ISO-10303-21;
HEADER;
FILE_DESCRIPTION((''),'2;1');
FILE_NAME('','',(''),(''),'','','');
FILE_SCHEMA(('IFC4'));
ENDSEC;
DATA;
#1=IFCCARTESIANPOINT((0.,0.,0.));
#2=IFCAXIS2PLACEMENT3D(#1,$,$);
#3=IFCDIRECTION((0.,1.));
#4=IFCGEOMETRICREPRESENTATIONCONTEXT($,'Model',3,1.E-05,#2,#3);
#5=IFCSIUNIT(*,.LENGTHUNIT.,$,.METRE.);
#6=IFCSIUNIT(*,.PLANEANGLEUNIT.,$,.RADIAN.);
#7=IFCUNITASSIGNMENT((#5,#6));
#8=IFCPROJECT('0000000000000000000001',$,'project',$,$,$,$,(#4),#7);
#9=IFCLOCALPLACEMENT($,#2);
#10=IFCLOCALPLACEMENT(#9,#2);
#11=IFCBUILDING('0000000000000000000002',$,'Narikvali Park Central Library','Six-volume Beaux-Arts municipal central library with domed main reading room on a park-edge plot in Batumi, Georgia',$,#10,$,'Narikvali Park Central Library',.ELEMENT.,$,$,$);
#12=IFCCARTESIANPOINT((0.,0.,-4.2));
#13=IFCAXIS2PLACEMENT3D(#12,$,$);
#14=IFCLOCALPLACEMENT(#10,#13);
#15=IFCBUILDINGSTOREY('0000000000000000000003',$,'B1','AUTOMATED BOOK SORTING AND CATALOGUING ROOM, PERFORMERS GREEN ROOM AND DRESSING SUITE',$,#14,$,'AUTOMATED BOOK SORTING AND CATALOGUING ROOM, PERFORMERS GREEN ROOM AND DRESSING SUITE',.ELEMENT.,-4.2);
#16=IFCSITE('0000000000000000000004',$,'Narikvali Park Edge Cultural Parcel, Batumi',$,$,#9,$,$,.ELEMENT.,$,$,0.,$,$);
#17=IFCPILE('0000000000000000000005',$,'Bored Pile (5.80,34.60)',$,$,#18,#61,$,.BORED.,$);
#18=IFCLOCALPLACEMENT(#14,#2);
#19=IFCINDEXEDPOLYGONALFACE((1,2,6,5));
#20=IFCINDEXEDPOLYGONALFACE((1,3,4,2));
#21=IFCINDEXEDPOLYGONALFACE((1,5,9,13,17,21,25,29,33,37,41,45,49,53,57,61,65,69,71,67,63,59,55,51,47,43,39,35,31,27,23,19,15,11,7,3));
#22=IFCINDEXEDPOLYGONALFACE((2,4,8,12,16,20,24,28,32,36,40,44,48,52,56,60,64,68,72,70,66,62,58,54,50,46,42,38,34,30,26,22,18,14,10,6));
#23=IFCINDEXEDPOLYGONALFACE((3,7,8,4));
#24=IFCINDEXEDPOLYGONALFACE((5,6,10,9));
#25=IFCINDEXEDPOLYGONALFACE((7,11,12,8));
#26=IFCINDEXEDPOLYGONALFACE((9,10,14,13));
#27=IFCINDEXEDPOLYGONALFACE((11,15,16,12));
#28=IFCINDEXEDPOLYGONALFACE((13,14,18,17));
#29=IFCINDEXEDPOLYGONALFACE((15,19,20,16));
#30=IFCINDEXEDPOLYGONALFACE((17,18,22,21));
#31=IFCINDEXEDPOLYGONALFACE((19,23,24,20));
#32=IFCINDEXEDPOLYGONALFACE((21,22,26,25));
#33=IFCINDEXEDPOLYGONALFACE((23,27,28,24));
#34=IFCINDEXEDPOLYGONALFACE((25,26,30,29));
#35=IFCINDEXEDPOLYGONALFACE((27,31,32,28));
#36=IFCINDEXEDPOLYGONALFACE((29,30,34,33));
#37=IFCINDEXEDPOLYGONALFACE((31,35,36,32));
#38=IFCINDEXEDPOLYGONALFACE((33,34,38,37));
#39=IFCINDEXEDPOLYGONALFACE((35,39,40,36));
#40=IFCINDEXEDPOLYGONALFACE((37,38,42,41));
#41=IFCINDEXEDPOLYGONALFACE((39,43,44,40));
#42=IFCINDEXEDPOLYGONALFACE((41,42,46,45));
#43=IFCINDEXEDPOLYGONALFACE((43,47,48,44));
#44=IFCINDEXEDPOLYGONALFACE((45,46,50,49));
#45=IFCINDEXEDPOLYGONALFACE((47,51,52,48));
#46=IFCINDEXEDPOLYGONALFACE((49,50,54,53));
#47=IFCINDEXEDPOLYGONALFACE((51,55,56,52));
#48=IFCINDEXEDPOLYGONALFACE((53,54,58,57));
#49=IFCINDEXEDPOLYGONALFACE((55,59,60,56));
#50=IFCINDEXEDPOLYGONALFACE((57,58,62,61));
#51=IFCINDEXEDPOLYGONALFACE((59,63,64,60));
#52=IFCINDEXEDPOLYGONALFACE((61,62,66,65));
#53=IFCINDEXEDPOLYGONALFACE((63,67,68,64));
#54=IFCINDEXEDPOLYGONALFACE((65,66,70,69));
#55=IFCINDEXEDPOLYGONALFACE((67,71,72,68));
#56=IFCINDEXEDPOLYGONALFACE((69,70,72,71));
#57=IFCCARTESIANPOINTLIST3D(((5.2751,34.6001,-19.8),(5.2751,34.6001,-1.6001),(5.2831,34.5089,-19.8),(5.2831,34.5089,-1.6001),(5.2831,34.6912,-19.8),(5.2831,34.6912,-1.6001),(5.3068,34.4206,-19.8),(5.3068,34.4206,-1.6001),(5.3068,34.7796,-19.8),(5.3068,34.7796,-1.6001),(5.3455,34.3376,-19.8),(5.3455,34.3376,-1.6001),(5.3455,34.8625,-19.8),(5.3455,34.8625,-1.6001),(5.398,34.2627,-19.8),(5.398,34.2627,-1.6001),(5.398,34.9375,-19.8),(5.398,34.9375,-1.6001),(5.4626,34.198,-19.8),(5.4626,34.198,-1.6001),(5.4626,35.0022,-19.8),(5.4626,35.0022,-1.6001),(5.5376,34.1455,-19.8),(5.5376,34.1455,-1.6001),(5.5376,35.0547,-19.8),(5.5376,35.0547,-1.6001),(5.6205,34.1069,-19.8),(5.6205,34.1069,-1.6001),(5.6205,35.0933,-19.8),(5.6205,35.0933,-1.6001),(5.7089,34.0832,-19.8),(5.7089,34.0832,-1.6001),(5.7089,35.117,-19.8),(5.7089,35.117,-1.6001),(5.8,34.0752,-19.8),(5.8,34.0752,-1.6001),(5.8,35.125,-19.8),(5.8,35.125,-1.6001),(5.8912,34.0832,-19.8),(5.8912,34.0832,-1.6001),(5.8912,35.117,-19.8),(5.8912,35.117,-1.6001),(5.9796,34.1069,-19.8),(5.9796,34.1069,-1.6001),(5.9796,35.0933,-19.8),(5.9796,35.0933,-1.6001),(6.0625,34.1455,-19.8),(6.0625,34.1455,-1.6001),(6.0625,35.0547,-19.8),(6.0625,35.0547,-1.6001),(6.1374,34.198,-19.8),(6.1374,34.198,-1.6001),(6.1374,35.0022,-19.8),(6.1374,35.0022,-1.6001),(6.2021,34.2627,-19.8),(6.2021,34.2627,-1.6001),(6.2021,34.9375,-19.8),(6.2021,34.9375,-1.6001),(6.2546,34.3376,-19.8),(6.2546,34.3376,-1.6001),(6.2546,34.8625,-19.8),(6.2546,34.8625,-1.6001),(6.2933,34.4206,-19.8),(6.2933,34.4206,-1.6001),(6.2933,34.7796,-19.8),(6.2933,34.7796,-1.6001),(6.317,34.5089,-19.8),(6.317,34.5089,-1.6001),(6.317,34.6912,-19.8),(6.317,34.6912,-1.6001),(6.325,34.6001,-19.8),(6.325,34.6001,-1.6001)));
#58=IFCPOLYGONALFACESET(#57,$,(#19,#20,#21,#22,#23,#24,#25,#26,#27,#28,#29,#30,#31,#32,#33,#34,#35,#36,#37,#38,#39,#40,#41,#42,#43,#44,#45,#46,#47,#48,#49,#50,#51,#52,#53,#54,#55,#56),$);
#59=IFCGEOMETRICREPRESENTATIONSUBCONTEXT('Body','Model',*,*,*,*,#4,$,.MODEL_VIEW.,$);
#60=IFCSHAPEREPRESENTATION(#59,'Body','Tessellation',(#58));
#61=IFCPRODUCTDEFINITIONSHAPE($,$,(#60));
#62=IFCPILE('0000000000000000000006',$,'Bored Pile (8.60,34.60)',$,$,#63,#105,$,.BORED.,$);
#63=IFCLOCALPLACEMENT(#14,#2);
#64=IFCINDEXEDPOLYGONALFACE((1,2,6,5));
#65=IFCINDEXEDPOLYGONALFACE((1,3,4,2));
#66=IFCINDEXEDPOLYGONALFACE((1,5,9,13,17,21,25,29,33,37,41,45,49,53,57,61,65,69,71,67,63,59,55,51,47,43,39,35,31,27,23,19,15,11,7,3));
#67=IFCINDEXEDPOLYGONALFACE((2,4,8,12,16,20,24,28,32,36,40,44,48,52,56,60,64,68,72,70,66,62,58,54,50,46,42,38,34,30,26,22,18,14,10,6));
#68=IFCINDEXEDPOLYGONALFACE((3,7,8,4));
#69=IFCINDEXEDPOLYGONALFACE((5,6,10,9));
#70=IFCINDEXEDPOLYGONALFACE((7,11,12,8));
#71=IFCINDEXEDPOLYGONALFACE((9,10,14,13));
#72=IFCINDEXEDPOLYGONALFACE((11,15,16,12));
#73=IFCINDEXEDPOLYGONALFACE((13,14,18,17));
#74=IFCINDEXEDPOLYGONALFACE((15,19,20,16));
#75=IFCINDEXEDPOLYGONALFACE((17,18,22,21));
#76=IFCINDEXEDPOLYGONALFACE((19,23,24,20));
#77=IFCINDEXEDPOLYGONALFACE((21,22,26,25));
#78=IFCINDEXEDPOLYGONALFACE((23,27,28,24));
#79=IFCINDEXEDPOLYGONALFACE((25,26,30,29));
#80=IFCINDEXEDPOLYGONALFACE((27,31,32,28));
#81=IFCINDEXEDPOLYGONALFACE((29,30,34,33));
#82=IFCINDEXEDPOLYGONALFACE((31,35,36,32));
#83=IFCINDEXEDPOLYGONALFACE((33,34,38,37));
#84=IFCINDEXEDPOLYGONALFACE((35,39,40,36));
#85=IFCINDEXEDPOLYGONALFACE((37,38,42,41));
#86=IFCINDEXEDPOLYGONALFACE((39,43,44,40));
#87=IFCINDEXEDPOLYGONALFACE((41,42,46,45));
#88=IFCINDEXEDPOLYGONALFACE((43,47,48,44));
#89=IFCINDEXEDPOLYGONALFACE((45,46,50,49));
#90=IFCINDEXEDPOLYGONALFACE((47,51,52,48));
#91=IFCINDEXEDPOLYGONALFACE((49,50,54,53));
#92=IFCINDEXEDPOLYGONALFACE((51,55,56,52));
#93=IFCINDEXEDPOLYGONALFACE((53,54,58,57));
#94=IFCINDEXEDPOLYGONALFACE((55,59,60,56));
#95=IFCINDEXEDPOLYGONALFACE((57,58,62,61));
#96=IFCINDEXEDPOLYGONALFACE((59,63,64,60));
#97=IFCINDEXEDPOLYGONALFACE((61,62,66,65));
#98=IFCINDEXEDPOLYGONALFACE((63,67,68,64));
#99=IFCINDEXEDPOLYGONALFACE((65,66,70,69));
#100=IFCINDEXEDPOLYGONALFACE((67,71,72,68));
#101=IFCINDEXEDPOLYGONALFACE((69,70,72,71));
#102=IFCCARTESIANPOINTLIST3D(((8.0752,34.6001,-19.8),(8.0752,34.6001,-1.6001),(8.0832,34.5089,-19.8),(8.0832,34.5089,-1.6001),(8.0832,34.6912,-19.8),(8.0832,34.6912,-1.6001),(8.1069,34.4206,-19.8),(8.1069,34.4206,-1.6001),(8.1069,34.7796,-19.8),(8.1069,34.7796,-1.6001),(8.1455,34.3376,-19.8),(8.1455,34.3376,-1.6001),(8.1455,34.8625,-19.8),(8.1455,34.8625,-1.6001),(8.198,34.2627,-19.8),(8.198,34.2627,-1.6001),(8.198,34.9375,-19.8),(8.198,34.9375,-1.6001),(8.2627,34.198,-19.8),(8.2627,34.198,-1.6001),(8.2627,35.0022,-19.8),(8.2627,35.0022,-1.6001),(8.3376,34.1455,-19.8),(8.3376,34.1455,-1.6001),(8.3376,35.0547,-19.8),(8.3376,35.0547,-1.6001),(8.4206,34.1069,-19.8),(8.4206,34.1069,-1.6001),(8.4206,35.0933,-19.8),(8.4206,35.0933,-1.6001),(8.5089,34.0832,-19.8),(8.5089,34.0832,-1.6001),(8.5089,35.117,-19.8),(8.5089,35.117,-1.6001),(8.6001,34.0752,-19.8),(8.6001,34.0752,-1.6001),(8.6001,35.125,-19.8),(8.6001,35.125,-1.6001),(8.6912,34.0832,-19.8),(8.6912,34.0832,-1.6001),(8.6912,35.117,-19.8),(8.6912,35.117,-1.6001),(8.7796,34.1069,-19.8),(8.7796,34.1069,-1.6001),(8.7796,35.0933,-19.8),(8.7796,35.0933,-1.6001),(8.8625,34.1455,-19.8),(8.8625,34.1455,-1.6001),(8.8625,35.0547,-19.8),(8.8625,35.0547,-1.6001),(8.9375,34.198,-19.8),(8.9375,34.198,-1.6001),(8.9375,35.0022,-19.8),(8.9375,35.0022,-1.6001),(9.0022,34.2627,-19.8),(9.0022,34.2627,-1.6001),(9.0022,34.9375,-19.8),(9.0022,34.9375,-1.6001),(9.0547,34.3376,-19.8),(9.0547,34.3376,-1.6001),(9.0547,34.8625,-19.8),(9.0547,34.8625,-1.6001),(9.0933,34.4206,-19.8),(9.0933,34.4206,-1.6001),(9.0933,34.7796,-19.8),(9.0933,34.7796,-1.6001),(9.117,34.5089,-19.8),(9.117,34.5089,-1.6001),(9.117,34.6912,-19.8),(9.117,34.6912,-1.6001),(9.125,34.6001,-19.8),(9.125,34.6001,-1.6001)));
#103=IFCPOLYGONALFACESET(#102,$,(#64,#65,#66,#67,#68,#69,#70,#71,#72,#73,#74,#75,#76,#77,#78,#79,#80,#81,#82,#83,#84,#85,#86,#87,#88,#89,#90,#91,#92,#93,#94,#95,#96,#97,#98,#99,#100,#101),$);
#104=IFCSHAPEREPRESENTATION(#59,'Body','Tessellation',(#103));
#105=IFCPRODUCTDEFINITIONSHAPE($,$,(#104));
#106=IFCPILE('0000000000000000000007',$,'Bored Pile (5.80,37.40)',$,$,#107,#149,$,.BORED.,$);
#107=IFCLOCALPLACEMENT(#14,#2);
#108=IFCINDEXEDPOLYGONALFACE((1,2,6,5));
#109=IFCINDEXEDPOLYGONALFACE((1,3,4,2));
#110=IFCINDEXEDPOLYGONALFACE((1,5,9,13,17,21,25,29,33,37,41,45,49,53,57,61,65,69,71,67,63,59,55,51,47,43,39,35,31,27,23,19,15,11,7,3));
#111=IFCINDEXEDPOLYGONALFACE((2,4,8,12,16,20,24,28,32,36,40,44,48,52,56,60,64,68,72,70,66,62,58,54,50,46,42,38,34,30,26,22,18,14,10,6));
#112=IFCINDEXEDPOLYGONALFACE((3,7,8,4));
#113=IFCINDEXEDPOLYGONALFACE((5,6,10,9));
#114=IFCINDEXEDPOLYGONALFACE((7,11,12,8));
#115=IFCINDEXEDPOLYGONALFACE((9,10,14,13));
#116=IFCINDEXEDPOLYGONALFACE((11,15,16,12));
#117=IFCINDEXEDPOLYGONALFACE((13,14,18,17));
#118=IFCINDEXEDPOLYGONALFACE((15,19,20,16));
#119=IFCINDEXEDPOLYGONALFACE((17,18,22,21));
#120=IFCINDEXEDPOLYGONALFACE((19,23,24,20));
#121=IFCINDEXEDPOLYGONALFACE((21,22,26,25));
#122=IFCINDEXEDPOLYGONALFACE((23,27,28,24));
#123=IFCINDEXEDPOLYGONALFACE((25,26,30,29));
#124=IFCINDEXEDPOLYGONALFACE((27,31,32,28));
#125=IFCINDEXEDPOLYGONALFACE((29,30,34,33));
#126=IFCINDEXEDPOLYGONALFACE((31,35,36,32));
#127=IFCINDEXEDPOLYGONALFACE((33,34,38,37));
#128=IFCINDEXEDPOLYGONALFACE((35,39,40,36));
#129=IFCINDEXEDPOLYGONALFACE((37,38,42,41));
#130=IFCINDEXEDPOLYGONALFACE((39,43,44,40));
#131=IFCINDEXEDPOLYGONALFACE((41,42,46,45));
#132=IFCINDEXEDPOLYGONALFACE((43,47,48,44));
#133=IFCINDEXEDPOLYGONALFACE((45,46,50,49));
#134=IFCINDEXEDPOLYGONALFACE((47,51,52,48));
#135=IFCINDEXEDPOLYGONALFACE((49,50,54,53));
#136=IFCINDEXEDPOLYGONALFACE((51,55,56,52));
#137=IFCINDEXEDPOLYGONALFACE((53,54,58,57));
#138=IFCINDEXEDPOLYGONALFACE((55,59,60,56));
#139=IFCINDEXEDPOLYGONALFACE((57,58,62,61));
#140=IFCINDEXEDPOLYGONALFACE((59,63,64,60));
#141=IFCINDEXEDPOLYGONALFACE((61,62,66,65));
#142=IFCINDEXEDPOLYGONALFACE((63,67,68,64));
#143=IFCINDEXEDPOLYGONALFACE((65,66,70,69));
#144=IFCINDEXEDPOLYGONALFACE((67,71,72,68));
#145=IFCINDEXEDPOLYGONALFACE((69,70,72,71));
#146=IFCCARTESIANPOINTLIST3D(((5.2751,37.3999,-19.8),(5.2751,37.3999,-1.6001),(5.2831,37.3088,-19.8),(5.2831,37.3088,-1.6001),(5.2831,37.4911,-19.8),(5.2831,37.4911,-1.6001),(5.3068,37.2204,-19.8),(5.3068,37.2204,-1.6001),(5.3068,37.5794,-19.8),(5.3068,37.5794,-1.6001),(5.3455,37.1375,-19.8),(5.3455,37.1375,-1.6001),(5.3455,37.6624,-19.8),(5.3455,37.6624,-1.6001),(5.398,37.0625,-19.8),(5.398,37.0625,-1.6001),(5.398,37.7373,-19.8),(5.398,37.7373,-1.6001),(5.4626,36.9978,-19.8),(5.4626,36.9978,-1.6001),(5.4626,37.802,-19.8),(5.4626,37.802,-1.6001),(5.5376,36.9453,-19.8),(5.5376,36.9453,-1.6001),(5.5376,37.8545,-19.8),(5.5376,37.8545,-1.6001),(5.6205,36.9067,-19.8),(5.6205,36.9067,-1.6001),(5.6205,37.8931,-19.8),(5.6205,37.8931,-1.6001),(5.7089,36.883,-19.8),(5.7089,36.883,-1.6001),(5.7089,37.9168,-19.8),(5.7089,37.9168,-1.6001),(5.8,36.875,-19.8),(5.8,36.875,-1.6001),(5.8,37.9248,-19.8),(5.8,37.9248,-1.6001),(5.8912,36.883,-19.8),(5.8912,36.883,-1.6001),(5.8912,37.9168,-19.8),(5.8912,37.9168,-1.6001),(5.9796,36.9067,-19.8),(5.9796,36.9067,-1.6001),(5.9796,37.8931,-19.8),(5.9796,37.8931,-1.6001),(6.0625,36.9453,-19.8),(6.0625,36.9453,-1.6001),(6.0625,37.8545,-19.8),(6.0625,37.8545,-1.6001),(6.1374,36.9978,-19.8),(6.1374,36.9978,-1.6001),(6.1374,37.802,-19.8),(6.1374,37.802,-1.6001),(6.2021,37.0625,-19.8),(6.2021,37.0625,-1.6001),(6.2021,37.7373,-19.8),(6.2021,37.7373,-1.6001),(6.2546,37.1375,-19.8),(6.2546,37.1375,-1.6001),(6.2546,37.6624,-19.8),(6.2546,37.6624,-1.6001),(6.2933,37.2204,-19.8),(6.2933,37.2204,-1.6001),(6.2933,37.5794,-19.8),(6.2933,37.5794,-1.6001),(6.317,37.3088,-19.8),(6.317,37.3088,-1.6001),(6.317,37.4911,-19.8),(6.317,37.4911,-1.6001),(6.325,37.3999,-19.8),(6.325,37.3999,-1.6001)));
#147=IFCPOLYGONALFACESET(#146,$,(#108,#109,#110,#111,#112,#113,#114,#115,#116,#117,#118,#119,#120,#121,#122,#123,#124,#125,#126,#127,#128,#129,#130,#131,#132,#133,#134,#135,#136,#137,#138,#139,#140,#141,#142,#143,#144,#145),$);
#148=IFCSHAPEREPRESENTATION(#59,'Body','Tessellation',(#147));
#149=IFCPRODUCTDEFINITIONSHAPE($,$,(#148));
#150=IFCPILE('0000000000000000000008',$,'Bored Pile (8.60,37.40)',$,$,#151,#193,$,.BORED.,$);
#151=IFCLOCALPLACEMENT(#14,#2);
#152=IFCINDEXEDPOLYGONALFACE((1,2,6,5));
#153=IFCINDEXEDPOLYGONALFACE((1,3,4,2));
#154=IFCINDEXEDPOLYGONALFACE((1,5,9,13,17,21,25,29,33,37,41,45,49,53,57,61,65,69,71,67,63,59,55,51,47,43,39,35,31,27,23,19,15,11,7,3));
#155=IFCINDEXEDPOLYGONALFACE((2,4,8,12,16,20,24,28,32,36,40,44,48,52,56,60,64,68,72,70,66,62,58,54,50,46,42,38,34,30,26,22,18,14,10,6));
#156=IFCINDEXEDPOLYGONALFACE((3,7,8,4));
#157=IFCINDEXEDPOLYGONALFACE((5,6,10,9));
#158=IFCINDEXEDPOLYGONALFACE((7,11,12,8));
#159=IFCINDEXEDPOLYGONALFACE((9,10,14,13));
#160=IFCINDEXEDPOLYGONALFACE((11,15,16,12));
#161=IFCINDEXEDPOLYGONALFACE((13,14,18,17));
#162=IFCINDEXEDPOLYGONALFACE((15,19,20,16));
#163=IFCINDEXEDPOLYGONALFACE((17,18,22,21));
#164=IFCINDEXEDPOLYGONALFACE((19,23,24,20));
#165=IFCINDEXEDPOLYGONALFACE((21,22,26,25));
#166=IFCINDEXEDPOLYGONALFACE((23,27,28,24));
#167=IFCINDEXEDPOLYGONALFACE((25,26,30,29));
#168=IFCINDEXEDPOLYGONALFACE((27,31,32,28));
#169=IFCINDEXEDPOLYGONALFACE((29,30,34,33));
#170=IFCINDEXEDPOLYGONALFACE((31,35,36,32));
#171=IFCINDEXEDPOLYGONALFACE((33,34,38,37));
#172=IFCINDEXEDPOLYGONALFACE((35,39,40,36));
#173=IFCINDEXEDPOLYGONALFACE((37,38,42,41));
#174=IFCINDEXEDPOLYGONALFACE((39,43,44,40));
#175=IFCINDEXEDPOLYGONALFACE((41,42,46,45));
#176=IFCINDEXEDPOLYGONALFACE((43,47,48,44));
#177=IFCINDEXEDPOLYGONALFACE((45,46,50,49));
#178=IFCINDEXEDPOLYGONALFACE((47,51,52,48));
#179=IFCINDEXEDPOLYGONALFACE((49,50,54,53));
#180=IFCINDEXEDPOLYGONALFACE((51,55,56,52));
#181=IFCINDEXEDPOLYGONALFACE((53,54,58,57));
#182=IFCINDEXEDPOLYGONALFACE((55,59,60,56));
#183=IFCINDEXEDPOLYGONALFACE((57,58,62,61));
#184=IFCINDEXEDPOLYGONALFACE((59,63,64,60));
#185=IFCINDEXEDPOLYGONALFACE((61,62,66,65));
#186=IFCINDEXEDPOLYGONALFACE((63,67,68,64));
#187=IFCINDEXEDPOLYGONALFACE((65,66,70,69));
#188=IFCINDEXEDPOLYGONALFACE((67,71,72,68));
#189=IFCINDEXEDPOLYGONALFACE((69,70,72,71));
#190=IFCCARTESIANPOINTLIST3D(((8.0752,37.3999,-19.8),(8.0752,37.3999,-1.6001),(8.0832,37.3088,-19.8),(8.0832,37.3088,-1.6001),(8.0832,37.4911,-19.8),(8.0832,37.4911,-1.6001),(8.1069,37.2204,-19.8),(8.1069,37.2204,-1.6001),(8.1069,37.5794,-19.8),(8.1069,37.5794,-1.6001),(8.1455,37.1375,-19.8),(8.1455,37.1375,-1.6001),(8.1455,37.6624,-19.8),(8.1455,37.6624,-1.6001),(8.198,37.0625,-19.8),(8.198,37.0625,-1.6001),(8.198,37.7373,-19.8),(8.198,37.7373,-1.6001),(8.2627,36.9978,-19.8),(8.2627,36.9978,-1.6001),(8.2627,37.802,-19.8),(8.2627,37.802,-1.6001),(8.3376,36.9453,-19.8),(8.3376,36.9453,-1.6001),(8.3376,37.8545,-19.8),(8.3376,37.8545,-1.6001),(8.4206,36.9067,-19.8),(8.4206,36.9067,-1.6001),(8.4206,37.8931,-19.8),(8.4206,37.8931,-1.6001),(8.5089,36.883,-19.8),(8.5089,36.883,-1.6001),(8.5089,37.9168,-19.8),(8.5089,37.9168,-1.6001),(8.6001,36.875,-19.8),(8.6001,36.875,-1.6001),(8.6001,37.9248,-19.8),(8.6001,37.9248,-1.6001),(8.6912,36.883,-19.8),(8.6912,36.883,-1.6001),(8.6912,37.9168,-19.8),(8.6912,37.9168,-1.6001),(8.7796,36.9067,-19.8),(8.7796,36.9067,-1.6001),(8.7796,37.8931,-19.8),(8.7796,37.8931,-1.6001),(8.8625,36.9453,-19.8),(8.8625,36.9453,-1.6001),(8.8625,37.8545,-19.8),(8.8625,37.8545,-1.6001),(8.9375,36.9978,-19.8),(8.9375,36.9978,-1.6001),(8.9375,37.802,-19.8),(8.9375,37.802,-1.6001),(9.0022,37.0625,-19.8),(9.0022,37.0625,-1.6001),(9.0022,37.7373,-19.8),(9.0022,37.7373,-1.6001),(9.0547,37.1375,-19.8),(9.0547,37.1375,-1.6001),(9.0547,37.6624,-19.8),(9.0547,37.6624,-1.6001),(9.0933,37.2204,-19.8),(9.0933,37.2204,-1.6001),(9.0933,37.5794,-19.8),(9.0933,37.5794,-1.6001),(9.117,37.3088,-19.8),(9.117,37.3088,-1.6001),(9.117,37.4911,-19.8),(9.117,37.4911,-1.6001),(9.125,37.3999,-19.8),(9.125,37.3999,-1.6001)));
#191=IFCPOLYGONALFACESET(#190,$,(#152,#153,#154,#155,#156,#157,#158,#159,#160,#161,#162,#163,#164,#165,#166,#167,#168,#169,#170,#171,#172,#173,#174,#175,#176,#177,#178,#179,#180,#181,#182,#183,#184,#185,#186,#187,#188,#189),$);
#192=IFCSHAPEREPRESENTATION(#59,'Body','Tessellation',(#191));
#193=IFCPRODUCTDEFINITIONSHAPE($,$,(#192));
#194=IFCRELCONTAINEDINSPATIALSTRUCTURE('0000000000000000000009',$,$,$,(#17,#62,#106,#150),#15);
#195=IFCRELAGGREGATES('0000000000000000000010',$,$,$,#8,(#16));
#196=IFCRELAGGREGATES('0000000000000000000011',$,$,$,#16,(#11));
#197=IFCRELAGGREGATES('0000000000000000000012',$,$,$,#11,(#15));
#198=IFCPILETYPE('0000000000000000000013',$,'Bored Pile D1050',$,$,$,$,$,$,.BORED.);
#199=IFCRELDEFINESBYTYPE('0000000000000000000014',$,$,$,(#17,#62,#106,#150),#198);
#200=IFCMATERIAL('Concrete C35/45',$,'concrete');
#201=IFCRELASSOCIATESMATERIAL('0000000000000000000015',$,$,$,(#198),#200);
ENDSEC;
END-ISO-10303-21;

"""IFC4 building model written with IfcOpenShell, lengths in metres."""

from ifc_helpers import new_model, si_unit, direction, frame, origin, origin_2d, place, context, subcontext, project, spatial, circle, extrude, material, material_profile, profile_set, type_object, element, save


model = new_model("IFC4")

# Units and contexts
model_context = context("Model", 3, precision=1e-05, world=origin(), true_north=direction((0.0, 1.0)))
body_context = subcontext(model_context, "Body", "Model", "MODEL_VIEW")
ifc_project = project(units=[si_unit("LENGTHUNIT", "METRE"), si_unit("PLANEANGLEUNIT", "RADIAN")], contexts=[model_context])

# Site, building, storey
site_placement = place(None, origin())
site = spatial("IfcSite", under=ifc_project, at=site_placement, Name="Narikvali Park Edge Cultural Parcel, Batumi", CompositionType="ELEMENT", RefElevation=0.0)
building_placement = place(site_placement, origin())
building = spatial("IfcBuilding", under=site, at=building_placement, Name="Narikvali Park Central Library", Description="Six-volume Beaux-Arts municipal central library with domed main reading room on a park-edge plot in Batumi, Georgia", LongName="Narikvali Park Central Library", CompositionType="ELEMENT")
storey_placement = place(building_placement, frame((0.0, 0.0, -4.2)))
storey = spatial("IfcBuildingStorey", under=building, at=storey_placement, Name="B1", Description="AUTOMATED BOOK SORTING AND CATALOGUING ROOM, PERFORMERS GREEN ROOM AND DRESSING SUITE", LongName="AUTOMATED BOOK SORTING AND CATALOGUING ROOM, PERFORMERS GREEN ROOM AND DRESSING SUITE", CompositionType="ELEMENT", Elevation=-4.2)

# Piles
ifc_material_1 = material(Name="Concrete C35/45", Category="concrete")
ifc_material_profile_1 = material_profile(ifc_material_1, circle(Radius=0.5249, at=origin_2d()), Name="PILE D1050")
ifc_profile_set_1 = profile_set([ifc_material_profile_1], Name="Concrete C35/45")
pile_type = type_object("IfcPileType", Name="Bored Pile D1050", PredefinedType="BORED", material=ifc_profile_set_1)
for number, where, z_axis, x_axis, name in (
    (1, (5.8, 34.6001, -1.6001), (0.0, 0.0, -1.0), (1.0, 0.0, 0.0), "Bored Pile (5.80,34.60)"),
    (2, (8.6001, 34.6001, -1.6001), (0.0, 0.0, -1.0), (1.0, 0.0, 0.0), "Bored Pile (8.60,34.60)"),
    (3, (5.8, 37.3999, -1.6001), (0.0, 0.0, -1.0), (1.0, 0.0, 0.0), "Bored Pile (5.80,37.40)"),
    (4, (8.6001, 37.3999, -1.6001), (0.0, 0.0, -1.0), (1.0, 0.0, 0.0), "Bored Pile (8.60,37.40)"),
):
    element("IfcPile", number, at=place(storey_placement, frame(where, z_axis=z_axis, x_axis=x_axis)), inside=storey, type_object=pile_type, Name=name, PredefinedType="BORED", context=body_context, shape_type="SweptSolid", body=[
        extrude(circle(Radius=0.5249, at=origin_2d()), origin(), (0.0, 0.0, 1.0), 18.2),
    ])

save(model, "model.ifc")
